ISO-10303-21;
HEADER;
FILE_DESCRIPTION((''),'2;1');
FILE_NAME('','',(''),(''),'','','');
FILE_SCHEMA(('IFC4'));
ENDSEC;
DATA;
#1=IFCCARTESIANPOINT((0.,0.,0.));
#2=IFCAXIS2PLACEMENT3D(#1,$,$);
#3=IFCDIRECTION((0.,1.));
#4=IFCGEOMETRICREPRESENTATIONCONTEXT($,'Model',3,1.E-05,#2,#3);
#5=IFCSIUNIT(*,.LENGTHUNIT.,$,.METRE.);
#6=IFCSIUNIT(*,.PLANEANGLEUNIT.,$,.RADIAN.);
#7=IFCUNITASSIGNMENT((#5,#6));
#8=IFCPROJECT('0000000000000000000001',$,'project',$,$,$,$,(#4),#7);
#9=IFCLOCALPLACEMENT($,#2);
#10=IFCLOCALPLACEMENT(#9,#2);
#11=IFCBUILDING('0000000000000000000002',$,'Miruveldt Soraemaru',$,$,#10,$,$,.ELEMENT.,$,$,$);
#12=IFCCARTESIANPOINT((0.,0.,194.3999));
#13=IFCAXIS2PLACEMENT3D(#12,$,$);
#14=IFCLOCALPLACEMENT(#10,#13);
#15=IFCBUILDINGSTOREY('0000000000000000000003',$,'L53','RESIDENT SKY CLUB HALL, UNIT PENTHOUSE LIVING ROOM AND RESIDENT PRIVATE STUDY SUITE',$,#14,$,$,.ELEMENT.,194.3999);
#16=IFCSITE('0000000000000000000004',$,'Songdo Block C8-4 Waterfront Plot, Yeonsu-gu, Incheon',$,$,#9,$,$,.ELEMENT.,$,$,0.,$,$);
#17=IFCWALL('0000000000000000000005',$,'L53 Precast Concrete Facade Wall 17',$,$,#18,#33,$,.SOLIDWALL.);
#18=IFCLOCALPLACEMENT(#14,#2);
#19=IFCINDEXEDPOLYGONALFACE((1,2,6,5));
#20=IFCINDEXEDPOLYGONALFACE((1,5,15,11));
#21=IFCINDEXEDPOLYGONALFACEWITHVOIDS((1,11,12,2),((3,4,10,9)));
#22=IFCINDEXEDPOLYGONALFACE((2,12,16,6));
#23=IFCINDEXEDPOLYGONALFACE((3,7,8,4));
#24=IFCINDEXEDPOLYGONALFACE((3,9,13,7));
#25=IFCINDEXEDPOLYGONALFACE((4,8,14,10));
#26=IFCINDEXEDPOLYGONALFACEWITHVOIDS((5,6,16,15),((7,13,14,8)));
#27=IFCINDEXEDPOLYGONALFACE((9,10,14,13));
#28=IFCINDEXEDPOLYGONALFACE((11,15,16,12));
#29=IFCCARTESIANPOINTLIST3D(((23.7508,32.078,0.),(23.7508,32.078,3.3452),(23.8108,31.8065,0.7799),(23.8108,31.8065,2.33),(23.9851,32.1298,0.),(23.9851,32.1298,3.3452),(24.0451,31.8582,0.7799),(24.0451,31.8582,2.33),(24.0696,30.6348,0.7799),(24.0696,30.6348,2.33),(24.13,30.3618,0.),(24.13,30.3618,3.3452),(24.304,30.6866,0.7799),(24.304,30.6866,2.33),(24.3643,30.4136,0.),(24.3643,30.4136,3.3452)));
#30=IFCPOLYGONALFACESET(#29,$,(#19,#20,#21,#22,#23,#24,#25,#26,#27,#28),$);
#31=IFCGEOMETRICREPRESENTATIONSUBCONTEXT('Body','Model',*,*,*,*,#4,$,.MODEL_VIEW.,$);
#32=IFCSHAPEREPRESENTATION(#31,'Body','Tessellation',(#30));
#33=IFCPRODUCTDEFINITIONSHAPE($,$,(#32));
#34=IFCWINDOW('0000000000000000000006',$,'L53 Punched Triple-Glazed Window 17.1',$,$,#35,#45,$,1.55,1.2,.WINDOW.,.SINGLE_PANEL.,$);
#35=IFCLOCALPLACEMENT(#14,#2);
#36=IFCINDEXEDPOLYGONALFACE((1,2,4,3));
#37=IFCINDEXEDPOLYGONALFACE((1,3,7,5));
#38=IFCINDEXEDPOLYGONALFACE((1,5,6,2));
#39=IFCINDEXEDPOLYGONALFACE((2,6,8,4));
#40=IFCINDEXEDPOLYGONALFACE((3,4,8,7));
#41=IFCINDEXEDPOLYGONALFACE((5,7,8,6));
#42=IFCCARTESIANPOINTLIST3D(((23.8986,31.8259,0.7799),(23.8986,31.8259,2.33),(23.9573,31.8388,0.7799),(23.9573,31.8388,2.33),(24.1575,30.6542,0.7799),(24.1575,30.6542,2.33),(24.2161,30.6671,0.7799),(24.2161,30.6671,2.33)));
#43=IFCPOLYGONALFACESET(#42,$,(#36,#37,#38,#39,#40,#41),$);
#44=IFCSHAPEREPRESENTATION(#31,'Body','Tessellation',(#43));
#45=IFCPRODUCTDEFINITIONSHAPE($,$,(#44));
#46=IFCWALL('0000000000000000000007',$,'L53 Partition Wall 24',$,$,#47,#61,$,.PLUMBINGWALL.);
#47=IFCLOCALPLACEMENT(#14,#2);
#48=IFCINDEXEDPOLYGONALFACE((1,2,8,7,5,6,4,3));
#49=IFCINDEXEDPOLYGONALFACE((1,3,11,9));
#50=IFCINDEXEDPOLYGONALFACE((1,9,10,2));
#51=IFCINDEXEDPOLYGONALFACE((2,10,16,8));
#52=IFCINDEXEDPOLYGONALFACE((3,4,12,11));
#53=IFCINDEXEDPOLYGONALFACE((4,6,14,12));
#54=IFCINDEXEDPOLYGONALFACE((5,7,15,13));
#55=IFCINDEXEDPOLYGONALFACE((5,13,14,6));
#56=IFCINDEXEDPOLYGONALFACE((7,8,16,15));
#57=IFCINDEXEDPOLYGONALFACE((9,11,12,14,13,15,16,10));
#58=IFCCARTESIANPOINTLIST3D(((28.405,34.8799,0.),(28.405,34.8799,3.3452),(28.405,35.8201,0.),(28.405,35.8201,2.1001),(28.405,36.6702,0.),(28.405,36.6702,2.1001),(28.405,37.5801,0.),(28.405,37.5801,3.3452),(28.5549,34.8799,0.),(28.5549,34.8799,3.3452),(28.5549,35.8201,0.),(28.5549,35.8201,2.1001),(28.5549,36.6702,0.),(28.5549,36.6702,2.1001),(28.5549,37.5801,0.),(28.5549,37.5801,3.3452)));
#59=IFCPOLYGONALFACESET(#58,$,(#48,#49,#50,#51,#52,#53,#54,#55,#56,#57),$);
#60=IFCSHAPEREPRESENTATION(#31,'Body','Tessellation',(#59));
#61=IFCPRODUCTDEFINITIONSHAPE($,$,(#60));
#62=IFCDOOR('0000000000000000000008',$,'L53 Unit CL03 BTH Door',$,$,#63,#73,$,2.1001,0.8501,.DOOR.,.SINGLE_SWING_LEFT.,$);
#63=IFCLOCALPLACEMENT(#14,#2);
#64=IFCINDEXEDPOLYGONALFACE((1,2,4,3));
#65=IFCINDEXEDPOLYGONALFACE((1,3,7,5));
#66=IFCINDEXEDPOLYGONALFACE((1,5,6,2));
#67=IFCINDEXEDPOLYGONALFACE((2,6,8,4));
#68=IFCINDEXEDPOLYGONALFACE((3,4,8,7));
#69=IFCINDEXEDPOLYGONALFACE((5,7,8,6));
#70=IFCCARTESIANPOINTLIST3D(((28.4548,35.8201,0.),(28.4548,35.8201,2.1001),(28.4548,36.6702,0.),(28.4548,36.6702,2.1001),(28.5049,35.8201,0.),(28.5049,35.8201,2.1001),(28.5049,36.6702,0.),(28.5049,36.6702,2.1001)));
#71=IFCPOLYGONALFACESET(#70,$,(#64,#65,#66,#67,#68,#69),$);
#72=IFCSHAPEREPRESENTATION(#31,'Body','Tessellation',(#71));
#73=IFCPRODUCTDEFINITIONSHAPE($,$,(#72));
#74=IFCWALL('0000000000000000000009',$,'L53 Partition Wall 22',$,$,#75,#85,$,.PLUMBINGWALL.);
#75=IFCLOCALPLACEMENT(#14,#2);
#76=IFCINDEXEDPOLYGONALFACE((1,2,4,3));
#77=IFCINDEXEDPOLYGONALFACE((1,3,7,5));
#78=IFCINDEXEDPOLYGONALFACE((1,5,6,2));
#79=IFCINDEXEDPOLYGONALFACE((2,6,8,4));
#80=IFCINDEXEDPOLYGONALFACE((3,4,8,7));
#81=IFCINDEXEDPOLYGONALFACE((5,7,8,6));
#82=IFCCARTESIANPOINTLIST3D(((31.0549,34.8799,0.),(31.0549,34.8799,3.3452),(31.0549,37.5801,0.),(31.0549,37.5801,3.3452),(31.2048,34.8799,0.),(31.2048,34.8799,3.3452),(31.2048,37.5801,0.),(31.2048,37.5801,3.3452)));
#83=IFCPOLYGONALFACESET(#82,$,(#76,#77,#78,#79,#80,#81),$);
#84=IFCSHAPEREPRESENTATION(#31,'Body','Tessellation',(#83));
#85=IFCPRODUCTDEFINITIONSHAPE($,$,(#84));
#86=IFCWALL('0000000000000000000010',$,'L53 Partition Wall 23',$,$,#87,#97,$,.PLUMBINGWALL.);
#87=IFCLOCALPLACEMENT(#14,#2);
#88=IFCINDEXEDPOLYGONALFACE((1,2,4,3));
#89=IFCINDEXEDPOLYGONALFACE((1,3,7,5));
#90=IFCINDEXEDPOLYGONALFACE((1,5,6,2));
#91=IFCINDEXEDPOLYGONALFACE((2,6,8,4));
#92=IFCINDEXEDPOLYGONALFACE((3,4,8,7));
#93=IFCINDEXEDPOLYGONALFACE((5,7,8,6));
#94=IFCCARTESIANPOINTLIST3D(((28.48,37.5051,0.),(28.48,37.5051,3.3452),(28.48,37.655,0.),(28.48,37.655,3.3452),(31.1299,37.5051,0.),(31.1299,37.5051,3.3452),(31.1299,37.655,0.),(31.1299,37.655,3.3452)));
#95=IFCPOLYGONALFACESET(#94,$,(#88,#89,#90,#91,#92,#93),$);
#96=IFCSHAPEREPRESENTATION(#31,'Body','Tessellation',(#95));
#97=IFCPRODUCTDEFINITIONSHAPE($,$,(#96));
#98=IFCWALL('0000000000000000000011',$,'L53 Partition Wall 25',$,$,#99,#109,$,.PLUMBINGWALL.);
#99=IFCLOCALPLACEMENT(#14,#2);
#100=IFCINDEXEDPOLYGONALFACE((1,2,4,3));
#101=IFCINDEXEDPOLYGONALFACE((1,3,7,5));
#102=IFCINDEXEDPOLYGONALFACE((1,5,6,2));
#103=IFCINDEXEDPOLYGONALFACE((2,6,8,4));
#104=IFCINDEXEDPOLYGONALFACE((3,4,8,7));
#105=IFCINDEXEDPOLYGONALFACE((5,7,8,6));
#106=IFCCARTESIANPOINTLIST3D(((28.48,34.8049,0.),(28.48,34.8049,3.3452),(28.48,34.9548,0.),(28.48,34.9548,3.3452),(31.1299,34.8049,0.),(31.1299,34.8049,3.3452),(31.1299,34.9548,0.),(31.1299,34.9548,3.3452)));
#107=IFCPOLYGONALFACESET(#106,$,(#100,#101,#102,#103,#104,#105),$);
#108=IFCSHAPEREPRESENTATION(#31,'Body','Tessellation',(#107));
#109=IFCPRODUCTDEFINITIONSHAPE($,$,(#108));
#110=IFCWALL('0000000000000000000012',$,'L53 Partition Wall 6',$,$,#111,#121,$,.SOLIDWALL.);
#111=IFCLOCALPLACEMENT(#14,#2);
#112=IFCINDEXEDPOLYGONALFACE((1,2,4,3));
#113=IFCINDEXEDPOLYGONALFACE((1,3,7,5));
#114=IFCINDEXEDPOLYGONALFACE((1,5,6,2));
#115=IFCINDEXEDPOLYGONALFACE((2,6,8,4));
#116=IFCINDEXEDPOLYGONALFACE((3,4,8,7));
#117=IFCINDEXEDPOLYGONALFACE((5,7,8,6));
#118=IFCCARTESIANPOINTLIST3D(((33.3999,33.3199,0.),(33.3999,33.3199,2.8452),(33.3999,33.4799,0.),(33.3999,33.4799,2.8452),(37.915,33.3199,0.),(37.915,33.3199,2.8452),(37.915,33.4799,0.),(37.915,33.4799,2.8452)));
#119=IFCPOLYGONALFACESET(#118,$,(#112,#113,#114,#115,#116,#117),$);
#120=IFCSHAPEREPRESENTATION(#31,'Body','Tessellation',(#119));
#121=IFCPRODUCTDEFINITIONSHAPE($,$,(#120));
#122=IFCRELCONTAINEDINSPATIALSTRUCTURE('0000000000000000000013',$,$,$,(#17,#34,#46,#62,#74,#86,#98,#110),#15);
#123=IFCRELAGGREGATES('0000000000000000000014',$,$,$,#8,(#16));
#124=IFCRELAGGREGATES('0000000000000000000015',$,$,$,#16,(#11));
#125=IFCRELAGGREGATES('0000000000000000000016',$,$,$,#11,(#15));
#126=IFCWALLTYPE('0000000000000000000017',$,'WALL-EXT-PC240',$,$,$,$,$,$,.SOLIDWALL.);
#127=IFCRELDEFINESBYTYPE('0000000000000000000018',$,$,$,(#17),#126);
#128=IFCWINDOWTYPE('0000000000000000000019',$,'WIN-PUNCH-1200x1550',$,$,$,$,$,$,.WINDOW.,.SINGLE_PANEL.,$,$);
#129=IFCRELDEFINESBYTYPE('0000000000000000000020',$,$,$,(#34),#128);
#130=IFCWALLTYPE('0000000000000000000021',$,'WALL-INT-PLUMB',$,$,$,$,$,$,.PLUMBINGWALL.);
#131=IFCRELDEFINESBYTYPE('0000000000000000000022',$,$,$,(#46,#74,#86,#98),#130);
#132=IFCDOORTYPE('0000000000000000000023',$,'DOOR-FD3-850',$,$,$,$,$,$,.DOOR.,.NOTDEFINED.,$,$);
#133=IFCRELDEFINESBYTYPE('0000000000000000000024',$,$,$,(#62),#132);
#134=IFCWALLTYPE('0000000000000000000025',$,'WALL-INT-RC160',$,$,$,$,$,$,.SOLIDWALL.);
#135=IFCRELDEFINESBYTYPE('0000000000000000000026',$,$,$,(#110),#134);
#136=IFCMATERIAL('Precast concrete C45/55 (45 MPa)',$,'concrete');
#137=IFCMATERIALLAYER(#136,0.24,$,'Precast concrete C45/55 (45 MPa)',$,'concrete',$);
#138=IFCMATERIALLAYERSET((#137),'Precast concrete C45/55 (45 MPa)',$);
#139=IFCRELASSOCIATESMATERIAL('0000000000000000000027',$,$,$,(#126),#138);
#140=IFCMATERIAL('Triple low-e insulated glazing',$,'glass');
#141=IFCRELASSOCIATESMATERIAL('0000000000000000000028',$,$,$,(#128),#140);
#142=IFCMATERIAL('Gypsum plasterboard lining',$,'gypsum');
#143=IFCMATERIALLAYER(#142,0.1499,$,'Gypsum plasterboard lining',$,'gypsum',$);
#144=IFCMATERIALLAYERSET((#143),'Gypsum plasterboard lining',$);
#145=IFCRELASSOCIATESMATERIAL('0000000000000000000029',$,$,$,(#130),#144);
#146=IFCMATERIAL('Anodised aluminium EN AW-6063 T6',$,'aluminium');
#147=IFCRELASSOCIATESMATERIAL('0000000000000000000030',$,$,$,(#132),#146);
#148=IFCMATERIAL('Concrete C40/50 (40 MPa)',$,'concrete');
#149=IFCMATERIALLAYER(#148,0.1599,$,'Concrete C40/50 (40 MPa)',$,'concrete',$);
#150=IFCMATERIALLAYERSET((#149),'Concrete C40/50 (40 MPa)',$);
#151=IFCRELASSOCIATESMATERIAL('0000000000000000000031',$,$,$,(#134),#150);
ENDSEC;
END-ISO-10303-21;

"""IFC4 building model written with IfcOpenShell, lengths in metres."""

from ifc_helpers import new_model, si_unit, direction, frame, frame_2d, origin, place, context, subcontext, project, spatial, rectangle, extrude, material, layer, layer_set, type_object, element, fill, save


model = new_model("IFC4")

# Units and contexts
model_context = context("Model", 3, precision=1e-05, world=origin(), true_north=direction((0.0, 1.0)))
body_context = subcontext(model_context, "Body", "Model", "MODEL_VIEW")
ifc_project = project(units=[si_unit("LENGTHUNIT", "METRE"), si_unit("PLANEANGLEUNIT", "RADIAN")], contexts=[model_context])

# Site, building, storey
site_placement = place(None, origin())
site = spatial("IfcSite", under=ifc_project, at=site_placement, Name="Songdo Block C8-4 Waterfront Plot, Yeonsu-gu, Incheon", CompositionType="ELEMENT", RefElevation=0.0)
building_placement = place(site_placement, origin())
building = spatial("IfcBuilding", under=site, at=building_placement, Name="Miruveldt Soraemaru", CompositionType="ELEMENT")
storey_placement = place(building_placement, frame((0.0, 0.0, 194.3999)))
storey = spatial("IfcBuildingStorey", under=building, at=storey_placement, Name="L53", Description="RESIDENT SKY CLUB HALL, UNIT PENTHOUSE LIVING ROOM AND RESIDENT PRIVATE STUDY SUITE", CompositionType="ELEMENT", Elevation=194.3999)

# Wall, opening, window
ifc_material_1 = material(Name="Precast concrete C45/55 (45 MPa)", Category="concrete")
ifc_layer_1 = layer(ifc_material_1, 0.24, Name="Precast concrete C45/55 (45 MPa)", Category="concrete")
ifc_layer_set_1 = layer_set([ifc_layer_1], Name="Precast concrete C45/55 (45 MPa)")
wall_type_1 = type_object("IfcWallType", Name="WALL-EXT-PC240", PredefinedType="SOLIDWALL", material=ifc_layer_set_1)
ifc_material_2 = material(Name="Triple low-e insulated glazing", Category="glass")
wall_1_placement = place(storey_placement, frame((23.8679, 32.104, 0.0), z_axis=(0.0, 0.0, 1.0), x_axis=(0.215739, -0.976451, 0.0)))
wall_1 = element("IfcWall", 1, at=wall_1_placement, inside=storey, type_object=wall_type_1, Name="L53 Precast Concrete Facade Wall 17", PredefinedType="SOLIDWALL", context=body_context, shape_type="SweptSolid", body=[
    extrude(rectangle(XDim=1.7576, YDim=0.24, at=frame_2d((0.8789, 0.0))), origin(), (0.0, 0.0, 1.0), 3.3452),
])
opening_1_placement = place(wall_1_placement, frame((0.2781, 0.0, 0.78)))
opening_1 = element("IfcOpeningElement", 2, at=opening_1_placement, cuts=wall_1, PredefinedType="OPENING", context=body_context, shape_type="SweptSolid", body=[
    extrude(rectangle(XDim=1.2, YDim=1.55, at=frame_2d((0.6001, 0.7749))), frame((0.0, 0.1299, 0.0), z_axis=(0.0, -1.0, 0.0), x_axis=(1.0, 0.0, 0.0)), (0.0, 0.0, 1.0), 0.26),
])
window_type_1 = type_object("IfcWindowType", Name="WIN-PUNCH-1200x1550", PartitioningType="SINGLE_PANEL", PredefinedType="WINDOW", material=ifc_material_2)
window_1_placement = place(opening_1_placement, origin())
window_1 = element("IfcWindow", 3, at=window_1_placement, inside=storey, type_object=window_type_1, Name="L53 Punched Triple-Glazed Window 17.1", OverallHeight=1.55, OverallWidth=1.2, PartitioningType="SINGLE_PANEL", PredefinedType="WINDOW", context=body_context, shape_type="SweptSolid", body=[
    extrude(rectangle(XDim=1.2, YDim=1.55, at=frame_2d((0.6001, 0.7749))), frame((0.0, 0.03, 0.0), z_axis=(0.0, -1.0, 0.0), x_axis=(1.0, 0.0, 0.0)), (0.0, 0.0, 1.0), 0.0601),
])
fill(opening_1, window_1)

# Wall, opening, door
ifc_material_3 = material(Name="Gypsum plasterboard lining", Category="gypsum")
ifc_layer_2 = layer(ifc_material_3, 0.1499, Name="Gypsum plasterboard lining", Category="gypsum")
ifc_layer_set_2 = layer_set([ifc_layer_2], Name="Gypsum plasterboard lining")
wall_type_2 = type_object("IfcWallType", Name="WALL-INT-PLUMB", PredefinedType="PLUMBINGWALL", material=ifc_layer_set_2)
wall_2_placement = place(storey_placement, frame((28.48, 37.5801, 0.0), z_axis=(0.0, 0.0, 1.0), x_axis=(0.0, -1.0, 0.0)))
wall_2 = element("IfcWall", 4, at=wall_2_placement, inside=storey, type_object=wall_type_2, Name="L53 Partition Wall 24", PredefinedType="PLUMBINGWALL", context=body_context, shape_type="SweptSolid", body=[
    extrude(rectangle(XDim=2.7002, YDim=0.1499, at=frame_2d((1.3501, 0.0))), origin(), (0.0, 0.0, 1.0), 3.3452),
])
opening_2_placement = place(wall_2_placement, frame((0.9099, 0.0, 0.0)))
opening_2 = element("IfcOpeningElement", 5, at=opening_2_placement, cuts=wall_2, PredefinedType="OPENING", context=body_context, shape_type="SweptSolid", body=[
    extrude(rectangle(XDim=0.8501, YDim=2.1001, at=frame_2d((0.425, 1.05))), frame((0.0, 0.085, 0.0), z_axis=(0.0, -1.0, 0.0), x_axis=(1.0, 0.0, 0.0)), (0.0, 0.0, 1.0), 0.1699),
])
ifc_material_4 = material(Name="Anodised aluminium EN AW-6063 T6", Category="aluminium")
door_type = type_object("IfcDoorType", Name="DOOR-FD3-850", OperationType="NOTDEFINED", PredefinedType="DOOR", material=ifc_material_4)
door_placement = place(opening_2_placement, origin())
door = element("IfcDoor", 6, at=door_placement, inside=storey, type_object=door_type, Name="L53 Unit CL03 BTH Door", OperationType="SINGLE_SWING_LEFT", OverallHeight=2.1001, OverallWidth=0.8501, PredefinedType="DOOR", context=body_context, shape_type="SweptSolid", body=[
    extrude(rectangle(XDim=0.8501, YDim=2.1001, at=frame_2d((0.425, 1.05))), frame((0.0, 0.0249, 0.0), z_axis=(0.0, -1.0, 0.0), x_axis=(1.0, 0.0, 0.0)), (0.0, 0.0, 1.0), 0.05),
])
fill(opening_2, door)

# Walls
wall_3_placement = place(storey_placement, frame((31.1299, 34.8799, 0.0), z_axis=(0.0, 0.0, 1.0), x_axis=(0.0, 1.0, 0.0)))
element("IfcWall", 7, at=wall_3_placement, inside=storey, type_object=wall_type_2, Name="L53 Partition Wall 22", PredefinedType="PLUMBINGWALL", context=body_context, shape_type="SweptSolid", body=[
    extrude(rectangle(XDim=2.7002, YDim=0.1499, at=frame_2d((1.3501, 0.0))), origin(), (0.0, 0.0, 1.0), 3.3452),
])
for number, where, z_axis, x_axis, name in (
    (8, (31.1299, 37.5801, 0.0), (0.0, 0.0, 1.0), (-1.0, 0.0, 0.0), "L53 Partition Wall 23"),
    (9, (28.48, 34.8799, 0.0), (0.0, 0.0, 1.0), (1.0, 0.0, 0.0), "L53 Partition Wall 25"),
):
    element("IfcWall", number, at=place(storey_placement, frame(where, z_axis=z_axis, x_axis=x_axis)), inside=storey, type_object=wall_type_2, Name=name, PredefinedType="PLUMBINGWALL", context=body_context, shape_type="SweptSolid", body=[
        extrude(rectangle(XDim=2.6499, YDim=0.1499, at=frame_2d((1.325, 0.0))), origin(), (0.0, 0.0, 1.0), 3.3452),
    ])
ifc_material_5 = material(Name="Concrete C40/50 (40 MPa)", Category="concrete")
ifc_layer_3 = layer(ifc_material_5, 0.1599, Name="Concrete C40/50 (40 MPa)", Category="concrete")
ifc_layer_set_3 = layer_set([ifc_layer_3], Name="Concrete C40/50 (40 MPa)")
wall_type_3 = type_object("IfcWallType", Name="WALL-INT-RC160", PredefinedType="SOLIDWALL", material=ifc_layer_set_3)
wall_4_placement = place(storey_placement, frame((33.3999, 33.3999, 0.0), z_axis=(0.0, 0.0, 1.0), x_axis=(1.0, 0.0, 0.0)))
element("IfcWall", 10, at=wall_4_placement, inside=storey, type_object=wall_type_3, Name="L53 Partition Wall 6", PredefinedType="SOLIDWALL", context=body_context, shape_type="SweptSolid", body=[
    extrude(rectangle(XDim=4.5151, YDim=0.1599, at=frame_2d((2.2576, 0.0))), origin(), (0.0, 0.0, 1.0), 2.8452),
])

save(model, "model.ifc")
